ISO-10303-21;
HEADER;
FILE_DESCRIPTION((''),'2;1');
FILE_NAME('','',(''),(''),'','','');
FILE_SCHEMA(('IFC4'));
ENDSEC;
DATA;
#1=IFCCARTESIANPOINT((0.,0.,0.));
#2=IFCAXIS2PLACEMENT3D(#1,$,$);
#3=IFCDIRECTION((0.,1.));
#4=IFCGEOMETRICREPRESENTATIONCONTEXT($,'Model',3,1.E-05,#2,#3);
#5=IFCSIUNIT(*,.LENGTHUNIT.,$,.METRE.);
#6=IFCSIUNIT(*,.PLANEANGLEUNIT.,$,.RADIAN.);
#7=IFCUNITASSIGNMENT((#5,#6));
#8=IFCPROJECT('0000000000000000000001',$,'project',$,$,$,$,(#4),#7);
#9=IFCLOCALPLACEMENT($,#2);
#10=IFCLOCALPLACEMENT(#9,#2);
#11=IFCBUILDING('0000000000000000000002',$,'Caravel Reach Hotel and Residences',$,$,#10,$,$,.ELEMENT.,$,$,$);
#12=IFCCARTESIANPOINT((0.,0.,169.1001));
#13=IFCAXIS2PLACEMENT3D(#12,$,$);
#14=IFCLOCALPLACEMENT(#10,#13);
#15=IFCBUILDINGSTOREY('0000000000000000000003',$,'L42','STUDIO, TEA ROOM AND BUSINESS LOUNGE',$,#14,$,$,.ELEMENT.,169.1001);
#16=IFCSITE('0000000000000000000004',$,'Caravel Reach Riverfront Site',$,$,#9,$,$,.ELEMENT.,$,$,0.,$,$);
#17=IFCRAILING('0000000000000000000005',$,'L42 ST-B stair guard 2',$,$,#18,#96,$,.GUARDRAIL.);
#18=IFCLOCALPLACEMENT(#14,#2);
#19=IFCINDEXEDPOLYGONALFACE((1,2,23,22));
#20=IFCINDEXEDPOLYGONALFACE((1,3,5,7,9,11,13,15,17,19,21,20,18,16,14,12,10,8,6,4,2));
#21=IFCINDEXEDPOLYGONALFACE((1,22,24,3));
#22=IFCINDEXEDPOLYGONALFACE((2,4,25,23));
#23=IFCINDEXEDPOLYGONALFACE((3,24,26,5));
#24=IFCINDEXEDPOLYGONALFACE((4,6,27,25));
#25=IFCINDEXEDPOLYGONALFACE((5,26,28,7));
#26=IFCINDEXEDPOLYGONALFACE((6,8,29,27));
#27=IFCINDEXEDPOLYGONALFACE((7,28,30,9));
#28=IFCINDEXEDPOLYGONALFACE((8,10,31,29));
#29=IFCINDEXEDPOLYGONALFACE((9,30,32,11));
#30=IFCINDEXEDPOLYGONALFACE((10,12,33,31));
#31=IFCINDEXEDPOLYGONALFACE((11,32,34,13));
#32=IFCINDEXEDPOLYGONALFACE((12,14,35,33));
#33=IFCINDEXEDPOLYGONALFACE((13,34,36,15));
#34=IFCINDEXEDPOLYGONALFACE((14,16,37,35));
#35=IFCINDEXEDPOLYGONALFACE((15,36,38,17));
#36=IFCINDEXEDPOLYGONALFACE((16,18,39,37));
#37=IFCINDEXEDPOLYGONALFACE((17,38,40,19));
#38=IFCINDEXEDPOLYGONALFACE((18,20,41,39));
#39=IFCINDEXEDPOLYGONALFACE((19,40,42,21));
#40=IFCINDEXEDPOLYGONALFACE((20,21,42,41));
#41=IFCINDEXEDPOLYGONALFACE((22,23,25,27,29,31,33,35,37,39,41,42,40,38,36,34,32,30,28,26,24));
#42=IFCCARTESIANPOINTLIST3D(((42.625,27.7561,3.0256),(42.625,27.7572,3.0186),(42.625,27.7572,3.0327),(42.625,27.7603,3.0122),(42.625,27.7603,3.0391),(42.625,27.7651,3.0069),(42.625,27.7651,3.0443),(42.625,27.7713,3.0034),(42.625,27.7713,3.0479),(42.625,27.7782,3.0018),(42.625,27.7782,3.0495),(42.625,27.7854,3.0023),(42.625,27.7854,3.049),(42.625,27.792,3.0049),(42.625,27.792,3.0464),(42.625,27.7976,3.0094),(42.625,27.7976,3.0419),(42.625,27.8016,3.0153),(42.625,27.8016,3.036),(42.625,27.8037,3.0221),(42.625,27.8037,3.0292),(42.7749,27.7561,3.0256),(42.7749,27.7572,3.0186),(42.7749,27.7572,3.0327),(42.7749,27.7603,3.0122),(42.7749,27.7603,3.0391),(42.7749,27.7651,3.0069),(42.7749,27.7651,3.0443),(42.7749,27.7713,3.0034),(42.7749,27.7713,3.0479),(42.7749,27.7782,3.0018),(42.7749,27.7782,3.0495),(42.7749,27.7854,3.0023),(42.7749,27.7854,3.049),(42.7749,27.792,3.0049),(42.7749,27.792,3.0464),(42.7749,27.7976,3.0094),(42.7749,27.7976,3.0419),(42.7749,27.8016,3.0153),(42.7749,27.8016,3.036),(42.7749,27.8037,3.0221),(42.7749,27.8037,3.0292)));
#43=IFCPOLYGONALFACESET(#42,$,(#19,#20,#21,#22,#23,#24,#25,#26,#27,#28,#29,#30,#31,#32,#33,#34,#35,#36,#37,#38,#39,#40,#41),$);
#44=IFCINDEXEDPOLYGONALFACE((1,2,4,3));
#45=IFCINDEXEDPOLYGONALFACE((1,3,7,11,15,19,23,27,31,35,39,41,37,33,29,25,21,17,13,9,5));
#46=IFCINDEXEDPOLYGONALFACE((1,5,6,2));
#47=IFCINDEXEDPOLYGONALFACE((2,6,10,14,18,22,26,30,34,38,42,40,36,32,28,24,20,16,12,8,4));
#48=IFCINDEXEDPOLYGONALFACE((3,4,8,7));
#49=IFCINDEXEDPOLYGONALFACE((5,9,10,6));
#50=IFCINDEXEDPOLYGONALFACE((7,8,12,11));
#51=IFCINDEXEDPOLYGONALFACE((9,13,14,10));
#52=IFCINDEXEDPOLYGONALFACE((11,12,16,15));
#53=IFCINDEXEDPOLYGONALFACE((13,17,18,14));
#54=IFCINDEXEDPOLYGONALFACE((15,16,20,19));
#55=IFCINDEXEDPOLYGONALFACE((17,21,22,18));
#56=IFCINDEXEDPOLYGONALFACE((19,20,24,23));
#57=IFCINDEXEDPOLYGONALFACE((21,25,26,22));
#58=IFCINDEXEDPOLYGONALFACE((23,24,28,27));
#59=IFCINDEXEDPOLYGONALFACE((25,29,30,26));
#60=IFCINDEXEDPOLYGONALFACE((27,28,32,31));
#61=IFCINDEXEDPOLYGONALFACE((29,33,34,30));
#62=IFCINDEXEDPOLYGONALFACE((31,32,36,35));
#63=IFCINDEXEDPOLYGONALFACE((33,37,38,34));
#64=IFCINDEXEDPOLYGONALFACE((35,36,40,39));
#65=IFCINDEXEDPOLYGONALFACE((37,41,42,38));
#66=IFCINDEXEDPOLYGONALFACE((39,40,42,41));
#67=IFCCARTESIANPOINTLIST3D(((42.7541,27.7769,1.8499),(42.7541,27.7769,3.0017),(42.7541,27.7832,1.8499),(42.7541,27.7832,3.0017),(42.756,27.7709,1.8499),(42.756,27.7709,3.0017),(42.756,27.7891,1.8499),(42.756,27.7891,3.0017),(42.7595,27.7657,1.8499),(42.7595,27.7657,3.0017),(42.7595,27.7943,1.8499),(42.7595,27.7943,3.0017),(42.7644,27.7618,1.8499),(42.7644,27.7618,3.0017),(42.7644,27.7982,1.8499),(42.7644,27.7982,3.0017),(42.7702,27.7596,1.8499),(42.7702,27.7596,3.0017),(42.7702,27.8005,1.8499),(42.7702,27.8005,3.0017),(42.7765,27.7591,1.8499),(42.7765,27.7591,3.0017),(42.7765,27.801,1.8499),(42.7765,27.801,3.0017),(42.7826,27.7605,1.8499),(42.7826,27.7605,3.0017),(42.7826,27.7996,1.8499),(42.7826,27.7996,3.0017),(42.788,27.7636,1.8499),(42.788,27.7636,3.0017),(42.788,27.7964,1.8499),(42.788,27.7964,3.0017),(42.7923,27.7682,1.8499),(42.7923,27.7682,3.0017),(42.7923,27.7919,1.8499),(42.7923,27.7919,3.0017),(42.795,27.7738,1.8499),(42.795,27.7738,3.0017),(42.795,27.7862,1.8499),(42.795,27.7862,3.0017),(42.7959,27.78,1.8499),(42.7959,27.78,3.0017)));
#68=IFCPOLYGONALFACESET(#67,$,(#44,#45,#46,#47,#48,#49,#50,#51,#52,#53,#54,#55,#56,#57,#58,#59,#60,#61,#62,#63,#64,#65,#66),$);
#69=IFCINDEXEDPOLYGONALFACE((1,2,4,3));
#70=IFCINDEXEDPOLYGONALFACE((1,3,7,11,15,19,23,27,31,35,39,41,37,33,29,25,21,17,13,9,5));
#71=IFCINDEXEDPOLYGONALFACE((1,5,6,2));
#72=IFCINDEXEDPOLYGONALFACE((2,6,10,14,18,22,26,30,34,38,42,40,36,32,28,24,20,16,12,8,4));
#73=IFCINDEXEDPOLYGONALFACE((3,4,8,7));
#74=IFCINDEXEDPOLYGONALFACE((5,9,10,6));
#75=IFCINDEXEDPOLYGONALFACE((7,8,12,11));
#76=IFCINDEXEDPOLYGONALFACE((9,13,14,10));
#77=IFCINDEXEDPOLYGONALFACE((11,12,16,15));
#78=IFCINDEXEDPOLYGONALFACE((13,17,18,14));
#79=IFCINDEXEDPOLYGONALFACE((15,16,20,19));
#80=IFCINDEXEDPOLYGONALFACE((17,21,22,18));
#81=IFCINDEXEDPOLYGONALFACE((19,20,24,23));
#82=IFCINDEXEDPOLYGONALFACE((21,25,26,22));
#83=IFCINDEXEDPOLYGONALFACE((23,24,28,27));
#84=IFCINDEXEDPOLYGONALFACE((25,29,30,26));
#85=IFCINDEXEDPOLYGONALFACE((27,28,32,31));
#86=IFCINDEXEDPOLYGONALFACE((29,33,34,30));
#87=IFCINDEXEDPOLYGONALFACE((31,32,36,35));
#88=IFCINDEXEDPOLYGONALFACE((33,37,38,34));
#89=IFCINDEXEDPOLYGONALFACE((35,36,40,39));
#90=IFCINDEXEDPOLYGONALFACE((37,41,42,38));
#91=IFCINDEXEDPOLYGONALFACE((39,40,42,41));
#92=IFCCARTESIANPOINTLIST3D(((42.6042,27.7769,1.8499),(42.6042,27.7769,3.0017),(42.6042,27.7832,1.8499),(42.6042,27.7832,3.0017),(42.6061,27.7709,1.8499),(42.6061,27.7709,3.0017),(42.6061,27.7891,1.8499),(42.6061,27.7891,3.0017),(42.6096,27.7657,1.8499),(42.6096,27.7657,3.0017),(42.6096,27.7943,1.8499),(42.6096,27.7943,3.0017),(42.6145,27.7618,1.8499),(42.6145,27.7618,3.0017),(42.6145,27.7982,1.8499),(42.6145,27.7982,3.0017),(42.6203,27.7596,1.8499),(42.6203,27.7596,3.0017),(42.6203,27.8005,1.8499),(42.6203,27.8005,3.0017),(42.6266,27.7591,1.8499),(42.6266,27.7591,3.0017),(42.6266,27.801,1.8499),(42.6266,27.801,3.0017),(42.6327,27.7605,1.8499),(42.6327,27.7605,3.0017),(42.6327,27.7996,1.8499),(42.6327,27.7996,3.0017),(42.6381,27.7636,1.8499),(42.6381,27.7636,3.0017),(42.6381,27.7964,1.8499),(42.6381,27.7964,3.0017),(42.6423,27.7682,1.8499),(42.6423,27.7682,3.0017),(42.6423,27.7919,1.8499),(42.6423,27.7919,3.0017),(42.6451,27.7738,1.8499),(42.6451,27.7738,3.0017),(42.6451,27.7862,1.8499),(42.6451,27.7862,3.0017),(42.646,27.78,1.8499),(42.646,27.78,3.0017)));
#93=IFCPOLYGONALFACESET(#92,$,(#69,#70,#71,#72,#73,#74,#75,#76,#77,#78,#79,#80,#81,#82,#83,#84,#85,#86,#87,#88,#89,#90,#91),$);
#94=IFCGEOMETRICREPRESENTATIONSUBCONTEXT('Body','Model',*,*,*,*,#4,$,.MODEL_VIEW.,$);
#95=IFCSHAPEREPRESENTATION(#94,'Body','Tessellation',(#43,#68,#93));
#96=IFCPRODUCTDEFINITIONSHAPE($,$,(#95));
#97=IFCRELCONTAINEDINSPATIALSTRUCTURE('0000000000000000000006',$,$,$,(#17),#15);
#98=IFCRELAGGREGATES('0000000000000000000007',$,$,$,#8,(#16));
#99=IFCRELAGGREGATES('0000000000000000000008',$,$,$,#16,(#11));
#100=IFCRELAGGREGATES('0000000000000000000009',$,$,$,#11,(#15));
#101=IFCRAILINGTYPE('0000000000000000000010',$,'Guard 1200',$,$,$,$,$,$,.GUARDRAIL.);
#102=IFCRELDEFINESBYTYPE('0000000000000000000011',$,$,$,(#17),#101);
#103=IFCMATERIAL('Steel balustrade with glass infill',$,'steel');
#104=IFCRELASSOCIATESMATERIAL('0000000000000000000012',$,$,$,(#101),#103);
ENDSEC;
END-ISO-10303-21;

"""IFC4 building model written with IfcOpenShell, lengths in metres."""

from ifc_helpers import new_model, si_unit, direction, frame, origin, origin_2d, place, context, subcontext, project, spatial, circle, extrude, material, type_object, element, save


model = new_model("IFC4")

# Units and contexts
model_context = context("Model", 3, precision=1e-05, world=origin(), true_north=direction((0.0, 1.0)))
body_context = subcontext(model_context, "Body", "Model", "MODEL_VIEW")
ifc_project = project(units=[si_unit("LENGTHUNIT", "METRE"), si_unit("PLANEANGLEUNIT", "RADIAN")], contexts=[model_context])

# Site, building, storey
site_placement = place(None, origin())
site = spatial("IfcSite", under=ifc_project, at=site_placement, Name="Caravel Reach Riverfront Site", CompositionType="ELEMENT", RefElevation=0.0)
building_placement = place(site_placement, origin())
building = spatial("IfcBuilding", under=site, at=building_placement, Name="Caravel Reach Hotel and Residences", CompositionType="ELEMENT")
storey_placement = place(building_placement, frame((0.0, 0.0, 169.1001)))
storey = spatial("IfcBuildingStorey", under=building, at=storey_placement, Name="L42", Description="STUDIO, TEA ROOM AND BUSINESS LOUNGE", CompositionType="ELEMENT", Elevation=169.1001)

# Railing
ifc_material_1 = material(Name="Steel balustrade with glass infill", Category="steel")
railing_type_1 = type_object("IfcRailingType", Name="Guard 1200", PredefinedType="GUARDRAIL", material=ifc_material_1)
railing_1_placement = place(storey_placement, frame((42.7749, 27.78, 1.8499)))
element("IfcRailing", 1, at=railing_1_placement, inside=storey, type_object=railing_type_1, Name="L42 ST-B stair guard 2", PredefinedType="GUARDRAIL", context=body_context, shape_type="SweptSolid", body=[
    extrude(circle(Radius=0.0239, at=origin_2d()), frame((0.0, 0.0, 1.1758), z_axis=(-1.0, 0.0, 0.0), x_axis=(0.0, -1.0, 0.0)), (0.0, 0.0, 1.0), 0.1499),
    extrude(circle(Radius=0.021, at=origin_2d()), origin(), (0.0, 0.0, 1.0), 1.1519),
    extrude(circle(Radius=0.021, at=origin_2d()), frame((-0.1499, 0.0, 0.0)), (0.0, 0.0, 1.0), 1.1519),
])

save(model, "model.ifc")
